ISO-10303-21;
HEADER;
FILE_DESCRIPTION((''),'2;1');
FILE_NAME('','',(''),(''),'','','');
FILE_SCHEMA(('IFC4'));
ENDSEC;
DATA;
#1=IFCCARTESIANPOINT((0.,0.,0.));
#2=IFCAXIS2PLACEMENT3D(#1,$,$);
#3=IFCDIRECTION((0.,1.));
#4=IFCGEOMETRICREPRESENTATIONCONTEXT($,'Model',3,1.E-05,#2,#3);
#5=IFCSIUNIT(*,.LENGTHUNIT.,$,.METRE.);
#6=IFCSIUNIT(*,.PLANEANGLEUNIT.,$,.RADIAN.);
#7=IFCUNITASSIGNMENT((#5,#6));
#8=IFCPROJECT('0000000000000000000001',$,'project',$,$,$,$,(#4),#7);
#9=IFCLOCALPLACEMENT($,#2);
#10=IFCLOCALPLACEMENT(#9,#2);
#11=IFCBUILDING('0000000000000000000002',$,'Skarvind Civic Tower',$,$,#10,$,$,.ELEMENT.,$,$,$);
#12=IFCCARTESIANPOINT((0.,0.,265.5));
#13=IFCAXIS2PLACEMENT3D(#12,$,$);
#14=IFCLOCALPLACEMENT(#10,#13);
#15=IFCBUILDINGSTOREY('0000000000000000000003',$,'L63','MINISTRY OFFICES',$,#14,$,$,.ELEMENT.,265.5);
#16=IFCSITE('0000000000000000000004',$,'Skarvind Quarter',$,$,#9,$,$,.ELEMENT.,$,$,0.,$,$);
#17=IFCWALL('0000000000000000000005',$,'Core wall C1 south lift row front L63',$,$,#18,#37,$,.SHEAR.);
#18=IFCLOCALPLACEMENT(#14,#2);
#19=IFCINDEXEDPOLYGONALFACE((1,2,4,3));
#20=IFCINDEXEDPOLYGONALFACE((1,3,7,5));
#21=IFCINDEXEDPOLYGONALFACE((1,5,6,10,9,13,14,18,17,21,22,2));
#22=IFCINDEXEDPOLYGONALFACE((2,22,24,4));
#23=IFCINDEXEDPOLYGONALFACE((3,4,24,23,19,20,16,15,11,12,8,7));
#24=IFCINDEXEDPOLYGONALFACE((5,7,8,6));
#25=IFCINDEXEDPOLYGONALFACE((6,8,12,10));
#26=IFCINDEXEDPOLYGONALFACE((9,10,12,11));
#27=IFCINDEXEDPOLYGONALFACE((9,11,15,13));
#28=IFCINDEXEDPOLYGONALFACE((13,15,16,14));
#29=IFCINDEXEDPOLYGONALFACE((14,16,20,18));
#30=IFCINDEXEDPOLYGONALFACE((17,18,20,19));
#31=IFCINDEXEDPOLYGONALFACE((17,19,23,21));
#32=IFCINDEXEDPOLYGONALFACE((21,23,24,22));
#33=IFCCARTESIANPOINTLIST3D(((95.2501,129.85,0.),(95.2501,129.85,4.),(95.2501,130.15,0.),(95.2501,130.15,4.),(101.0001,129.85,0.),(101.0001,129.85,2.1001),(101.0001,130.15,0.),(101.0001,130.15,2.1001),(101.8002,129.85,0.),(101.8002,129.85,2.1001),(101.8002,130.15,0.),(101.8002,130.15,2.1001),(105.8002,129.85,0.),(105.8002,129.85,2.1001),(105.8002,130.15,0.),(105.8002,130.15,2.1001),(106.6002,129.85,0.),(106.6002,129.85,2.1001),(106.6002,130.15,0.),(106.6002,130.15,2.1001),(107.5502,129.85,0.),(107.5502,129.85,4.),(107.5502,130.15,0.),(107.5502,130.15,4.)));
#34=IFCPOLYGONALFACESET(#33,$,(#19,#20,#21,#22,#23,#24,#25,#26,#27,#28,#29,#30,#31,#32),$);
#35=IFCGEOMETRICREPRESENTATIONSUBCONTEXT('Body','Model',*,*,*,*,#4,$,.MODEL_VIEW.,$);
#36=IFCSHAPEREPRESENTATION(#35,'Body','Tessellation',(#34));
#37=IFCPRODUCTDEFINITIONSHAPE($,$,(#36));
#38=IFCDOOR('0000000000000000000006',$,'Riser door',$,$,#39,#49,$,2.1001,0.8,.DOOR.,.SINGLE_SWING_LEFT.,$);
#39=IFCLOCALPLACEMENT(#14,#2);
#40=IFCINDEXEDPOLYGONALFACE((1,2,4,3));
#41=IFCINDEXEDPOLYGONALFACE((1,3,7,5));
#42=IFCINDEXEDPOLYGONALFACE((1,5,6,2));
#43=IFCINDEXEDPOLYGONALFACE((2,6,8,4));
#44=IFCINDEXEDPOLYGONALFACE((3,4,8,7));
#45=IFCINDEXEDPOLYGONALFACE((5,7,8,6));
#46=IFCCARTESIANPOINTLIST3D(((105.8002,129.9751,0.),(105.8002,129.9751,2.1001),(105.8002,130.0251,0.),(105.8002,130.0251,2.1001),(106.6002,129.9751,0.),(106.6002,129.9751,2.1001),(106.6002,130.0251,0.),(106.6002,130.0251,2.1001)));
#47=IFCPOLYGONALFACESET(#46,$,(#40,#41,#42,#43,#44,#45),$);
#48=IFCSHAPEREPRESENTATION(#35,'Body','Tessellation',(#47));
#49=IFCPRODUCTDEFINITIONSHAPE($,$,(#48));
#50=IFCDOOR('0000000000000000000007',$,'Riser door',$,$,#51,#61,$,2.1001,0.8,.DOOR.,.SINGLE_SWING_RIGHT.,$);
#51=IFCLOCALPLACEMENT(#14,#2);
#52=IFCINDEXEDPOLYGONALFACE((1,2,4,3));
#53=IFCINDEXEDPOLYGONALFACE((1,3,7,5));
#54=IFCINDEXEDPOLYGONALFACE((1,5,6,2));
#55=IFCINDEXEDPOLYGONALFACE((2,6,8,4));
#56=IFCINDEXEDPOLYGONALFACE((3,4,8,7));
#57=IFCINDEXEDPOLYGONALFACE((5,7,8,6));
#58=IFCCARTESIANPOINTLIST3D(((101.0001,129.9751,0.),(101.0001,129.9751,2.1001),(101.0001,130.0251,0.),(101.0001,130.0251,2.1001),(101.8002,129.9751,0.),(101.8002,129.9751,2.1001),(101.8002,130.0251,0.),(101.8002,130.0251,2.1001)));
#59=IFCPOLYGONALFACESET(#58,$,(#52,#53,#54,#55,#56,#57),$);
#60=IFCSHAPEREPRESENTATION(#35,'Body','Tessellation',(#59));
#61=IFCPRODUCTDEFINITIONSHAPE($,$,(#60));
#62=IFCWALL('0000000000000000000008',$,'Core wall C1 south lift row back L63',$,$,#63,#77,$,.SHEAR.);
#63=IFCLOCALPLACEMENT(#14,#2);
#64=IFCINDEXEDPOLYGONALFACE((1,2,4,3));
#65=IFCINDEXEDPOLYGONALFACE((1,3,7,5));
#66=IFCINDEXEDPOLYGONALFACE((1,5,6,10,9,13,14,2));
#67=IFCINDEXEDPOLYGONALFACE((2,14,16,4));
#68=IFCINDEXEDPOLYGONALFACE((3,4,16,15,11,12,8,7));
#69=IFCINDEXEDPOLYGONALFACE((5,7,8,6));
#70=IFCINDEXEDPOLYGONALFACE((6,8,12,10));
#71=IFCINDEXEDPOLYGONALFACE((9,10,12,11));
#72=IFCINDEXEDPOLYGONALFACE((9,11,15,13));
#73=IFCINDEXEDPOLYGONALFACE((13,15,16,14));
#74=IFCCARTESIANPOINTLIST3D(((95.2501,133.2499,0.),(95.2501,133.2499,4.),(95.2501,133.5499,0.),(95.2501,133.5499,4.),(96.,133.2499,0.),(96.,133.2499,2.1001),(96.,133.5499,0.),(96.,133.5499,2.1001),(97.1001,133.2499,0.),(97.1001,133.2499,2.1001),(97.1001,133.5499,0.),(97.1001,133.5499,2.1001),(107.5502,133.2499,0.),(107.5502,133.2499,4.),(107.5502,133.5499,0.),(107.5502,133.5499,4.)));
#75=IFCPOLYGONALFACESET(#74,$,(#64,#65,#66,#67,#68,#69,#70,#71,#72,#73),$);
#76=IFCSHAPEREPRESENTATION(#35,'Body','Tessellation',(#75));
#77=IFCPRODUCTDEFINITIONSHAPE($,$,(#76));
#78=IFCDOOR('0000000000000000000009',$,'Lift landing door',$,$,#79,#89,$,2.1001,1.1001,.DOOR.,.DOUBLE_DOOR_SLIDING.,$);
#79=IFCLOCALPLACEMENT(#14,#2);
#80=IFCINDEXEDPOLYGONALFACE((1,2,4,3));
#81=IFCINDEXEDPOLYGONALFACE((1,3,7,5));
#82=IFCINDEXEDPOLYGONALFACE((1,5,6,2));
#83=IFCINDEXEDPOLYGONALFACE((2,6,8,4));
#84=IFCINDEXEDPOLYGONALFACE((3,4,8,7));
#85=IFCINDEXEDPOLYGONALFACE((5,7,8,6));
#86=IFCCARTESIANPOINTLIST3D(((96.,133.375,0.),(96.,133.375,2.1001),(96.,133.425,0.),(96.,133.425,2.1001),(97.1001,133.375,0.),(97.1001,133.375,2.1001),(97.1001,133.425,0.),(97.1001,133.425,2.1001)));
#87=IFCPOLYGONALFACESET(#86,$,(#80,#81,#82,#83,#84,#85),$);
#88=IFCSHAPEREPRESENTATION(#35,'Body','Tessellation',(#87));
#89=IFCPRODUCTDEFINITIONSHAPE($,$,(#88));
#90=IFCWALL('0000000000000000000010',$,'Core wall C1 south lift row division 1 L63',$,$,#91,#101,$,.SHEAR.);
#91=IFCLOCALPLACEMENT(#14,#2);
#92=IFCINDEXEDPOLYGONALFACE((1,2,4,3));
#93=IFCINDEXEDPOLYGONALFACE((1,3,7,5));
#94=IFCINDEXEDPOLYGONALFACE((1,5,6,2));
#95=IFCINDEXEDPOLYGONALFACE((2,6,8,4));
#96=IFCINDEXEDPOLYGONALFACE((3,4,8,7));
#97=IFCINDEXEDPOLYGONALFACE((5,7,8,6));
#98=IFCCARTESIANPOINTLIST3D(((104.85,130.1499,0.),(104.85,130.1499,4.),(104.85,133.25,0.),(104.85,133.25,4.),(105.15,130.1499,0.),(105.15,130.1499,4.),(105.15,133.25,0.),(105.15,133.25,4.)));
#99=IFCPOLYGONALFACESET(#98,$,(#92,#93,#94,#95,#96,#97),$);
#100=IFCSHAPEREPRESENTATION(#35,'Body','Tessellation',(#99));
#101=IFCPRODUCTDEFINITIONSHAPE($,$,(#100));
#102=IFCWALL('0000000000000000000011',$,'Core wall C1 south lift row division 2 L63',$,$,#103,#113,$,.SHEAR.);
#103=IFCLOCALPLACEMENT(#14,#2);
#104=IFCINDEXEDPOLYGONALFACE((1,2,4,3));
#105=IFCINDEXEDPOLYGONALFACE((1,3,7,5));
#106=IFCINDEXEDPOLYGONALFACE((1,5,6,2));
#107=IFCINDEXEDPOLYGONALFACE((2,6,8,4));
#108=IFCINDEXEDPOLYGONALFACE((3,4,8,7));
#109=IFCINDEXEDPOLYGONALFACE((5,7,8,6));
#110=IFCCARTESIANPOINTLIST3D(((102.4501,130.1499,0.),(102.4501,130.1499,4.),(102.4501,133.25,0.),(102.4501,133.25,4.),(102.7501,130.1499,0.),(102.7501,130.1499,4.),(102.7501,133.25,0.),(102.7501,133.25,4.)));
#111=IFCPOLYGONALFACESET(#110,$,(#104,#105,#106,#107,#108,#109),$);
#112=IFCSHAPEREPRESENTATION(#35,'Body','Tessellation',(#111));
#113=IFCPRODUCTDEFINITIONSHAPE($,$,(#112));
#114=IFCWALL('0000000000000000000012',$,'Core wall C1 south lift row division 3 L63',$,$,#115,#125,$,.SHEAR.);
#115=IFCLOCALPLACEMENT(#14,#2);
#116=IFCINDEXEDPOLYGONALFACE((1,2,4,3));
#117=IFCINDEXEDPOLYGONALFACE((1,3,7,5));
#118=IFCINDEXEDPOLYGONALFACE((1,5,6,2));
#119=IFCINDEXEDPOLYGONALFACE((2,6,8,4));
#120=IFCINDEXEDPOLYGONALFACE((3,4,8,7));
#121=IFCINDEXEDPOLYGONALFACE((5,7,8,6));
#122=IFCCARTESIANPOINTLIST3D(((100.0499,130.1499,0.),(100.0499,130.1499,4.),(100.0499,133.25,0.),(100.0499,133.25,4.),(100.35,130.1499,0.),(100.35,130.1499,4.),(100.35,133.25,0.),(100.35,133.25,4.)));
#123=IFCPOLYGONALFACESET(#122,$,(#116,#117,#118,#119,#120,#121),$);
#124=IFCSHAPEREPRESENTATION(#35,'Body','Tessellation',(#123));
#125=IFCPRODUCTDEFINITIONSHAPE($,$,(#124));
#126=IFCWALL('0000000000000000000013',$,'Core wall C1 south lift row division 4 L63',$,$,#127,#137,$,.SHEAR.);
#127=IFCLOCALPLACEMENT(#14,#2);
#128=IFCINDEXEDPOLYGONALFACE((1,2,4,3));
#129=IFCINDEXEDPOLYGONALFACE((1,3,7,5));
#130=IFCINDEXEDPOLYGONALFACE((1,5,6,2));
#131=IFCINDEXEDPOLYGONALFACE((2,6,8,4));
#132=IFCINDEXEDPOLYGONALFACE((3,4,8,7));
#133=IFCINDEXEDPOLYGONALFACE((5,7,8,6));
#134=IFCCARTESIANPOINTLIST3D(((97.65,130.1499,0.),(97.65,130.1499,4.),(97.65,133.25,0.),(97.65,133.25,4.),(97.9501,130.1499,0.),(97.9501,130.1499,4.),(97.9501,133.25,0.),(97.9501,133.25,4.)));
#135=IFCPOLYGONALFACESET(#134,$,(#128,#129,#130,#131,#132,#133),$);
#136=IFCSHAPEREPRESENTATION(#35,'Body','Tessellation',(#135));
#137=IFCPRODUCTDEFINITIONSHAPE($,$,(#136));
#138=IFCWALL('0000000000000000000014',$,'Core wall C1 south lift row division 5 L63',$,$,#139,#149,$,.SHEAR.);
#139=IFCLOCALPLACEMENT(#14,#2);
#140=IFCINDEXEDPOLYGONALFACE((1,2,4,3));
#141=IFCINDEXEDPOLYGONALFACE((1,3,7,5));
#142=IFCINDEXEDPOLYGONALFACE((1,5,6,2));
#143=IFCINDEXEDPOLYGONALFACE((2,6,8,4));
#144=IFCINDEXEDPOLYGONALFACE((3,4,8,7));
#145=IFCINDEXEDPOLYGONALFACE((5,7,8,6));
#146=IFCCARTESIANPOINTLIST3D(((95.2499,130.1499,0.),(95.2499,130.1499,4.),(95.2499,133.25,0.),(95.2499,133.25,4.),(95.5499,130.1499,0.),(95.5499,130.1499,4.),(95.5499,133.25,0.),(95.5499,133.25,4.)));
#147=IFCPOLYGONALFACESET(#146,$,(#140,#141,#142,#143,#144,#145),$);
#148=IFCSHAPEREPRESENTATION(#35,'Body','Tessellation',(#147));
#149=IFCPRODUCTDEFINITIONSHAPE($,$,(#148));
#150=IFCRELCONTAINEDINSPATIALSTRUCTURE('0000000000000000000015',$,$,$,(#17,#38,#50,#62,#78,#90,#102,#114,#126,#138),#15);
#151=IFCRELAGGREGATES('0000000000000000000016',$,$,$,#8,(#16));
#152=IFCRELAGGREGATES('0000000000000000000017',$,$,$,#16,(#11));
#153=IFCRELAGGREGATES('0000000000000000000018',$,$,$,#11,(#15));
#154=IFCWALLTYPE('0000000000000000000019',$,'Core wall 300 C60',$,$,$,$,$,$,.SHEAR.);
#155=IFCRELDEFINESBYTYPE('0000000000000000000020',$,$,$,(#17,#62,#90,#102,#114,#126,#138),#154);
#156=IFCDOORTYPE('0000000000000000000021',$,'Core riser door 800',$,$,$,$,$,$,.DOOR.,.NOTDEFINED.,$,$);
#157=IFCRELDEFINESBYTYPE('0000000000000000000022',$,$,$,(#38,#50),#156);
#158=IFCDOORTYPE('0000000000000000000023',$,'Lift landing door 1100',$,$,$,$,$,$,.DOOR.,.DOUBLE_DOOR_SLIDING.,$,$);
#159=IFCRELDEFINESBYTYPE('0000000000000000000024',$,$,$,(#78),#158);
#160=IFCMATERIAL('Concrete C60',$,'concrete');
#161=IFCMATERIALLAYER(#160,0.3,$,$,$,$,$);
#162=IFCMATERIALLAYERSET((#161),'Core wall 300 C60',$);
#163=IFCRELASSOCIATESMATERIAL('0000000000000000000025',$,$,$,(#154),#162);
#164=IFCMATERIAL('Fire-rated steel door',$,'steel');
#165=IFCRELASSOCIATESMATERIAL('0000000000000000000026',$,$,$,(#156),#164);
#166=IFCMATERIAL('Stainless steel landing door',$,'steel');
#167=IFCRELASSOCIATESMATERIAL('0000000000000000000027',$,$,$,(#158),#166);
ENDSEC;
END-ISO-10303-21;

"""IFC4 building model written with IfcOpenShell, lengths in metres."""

from ifc_helpers import new_model, si_unit, direction, frame, frame_2d, origin, place, context, subcontext, project, spatial, rectangle, extrude, material, layer, layer_set, type_object, element, fill, save


model = new_model("IFC4")

# Units and contexts
model_context = context("Model", 3, precision=1e-05, world=origin(), true_north=direction((0.0, 1.0)))
body_context = subcontext(model_context, "Body", "Model", "MODEL_VIEW")
ifc_project = project(units=[si_unit("LENGTHUNIT", "METRE"), si_unit("PLANEANGLEUNIT", "RADIAN")], contexts=[model_context])

# Site, building, storey
site_placement = place(None, origin())
site = spatial("IfcSite", under=ifc_project, at=site_placement, Name="Skarvind Quarter", CompositionType="ELEMENT", RefElevation=0.0)
building_placement = place(site_placement, origin())
building = spatial("IfcBuilding", under=site, at=building_placement, Name="Skarvind Civic Tower", CompositionType="ELEMENT")
storey_placement = place(building_placement, frame((0.0, 0.0, 265.5)))
storey = spatial("IfcBuildingStorey", under=building, at=storey_placement, Name="L63", Description="MINISTRY OFFICES", CompositionType="ELEMENT", Elevation=265.5)

# Wall, openings, doors
ifc_material_1 = material(Name="Concrete C60", Category="concrete")
ifc_layer_1 = layer(ifc_material_1, 0.3)
ifc_layer_set_1 = layer_set([ifc_layer_1], Name="Core wall 300 C60")
wall_type_1 = type_object("IfcWallType", Name="Core wall 300 C60", PredefinedType="SHEAR", material=ifc_layer_set_1)
wall_1_placement = place(storey_placement, frame((107.55, 130.0, 0.0), z_axis=(0.0, 0.0, 1.0), x_axis=(-1.0, 0.0, 0.0)))
wall_1 = element("IfcWall", 1, at=wall_1_placement, inside=storey, type_object=wall_type_1, Name="Core wall C1 south lift row front L63", PredefinedType="SHEAR", context=body_context, shape_type="SweptSolid", body=[
    extrude(rectangle(XDim=12.3, YDim=0.3, at=frame_2d((6.1499, 0.0))), origin(), (0.0, 0.0, 1.0), 4.0),
])
opening_1_placement = place(wall_1_placement, frame((0.95, 0.0, 0.0)))
opening_1 = element("IfcOpeningElement", 2, at=opening_1_placement, cuts=wall_1, PredefinedType="OPENING", context=body_context, shape_type="SweptSolid", body=[
    extrude(rectangle(XDim=0.8, YDim=2.1001, at=frame_2d((0.3999, 1.05))), frame((0.0, 0.1599, 0.0), z_axis=(0.0, -1.0, 0.0), x_axis=(1.0, 0.0, 0.0)), (0.0, 0.0, 1.0), 0.3201),
])
opening_2_placement = place(wall_1_placement, frame((5.75, 0.0, 0.0)))
opening_2 = element("IfcOpeningElement", 3, at=opening_2_placement, cuts=wall_1, PredefinedType="OPENING", context=body_context, shape_type="SweptSolid", body=[
    extrude(rectangle(XDim=0.8, YDim=2.1001, at=frame_2d((0.3999, 1.05))), frame((0.0, 0.1599, 0.0), z_axis=(0.0, -1.0, 0.0), x_axis=(1.0, 0.0, 0.0)), (0.0, 0.0, 1.0), 0.3201),
])
ifc_material_2 = material(Name="Fire-rated steel door", Category="steel")
door_type_1 = type_object("IfcDoorType", Name="Core riser door 800", OperationType="NOTDEFINED", PredefinedType="DOOR", material=ifc_material_2)
door_1_placement = place(opening_1_placement, origin())
door_1 = element("IfcDoor", 4, at=door_1_placement, inside=storey, type_object=door_type_1, Name="Riser door", OperationType="SINGLE_SWING_LEFT", OverallHeight=2.1001, OverallWidth=0.8, PredefinedType="DOOR", context=body_context, shape_type="SweptSolid", body=[
    extrude(rectangle(XDim=0.8, YDim=2.1001, at=frame_2d((0.3999, 1.05))), frame((0.0, 0.0249, 0.0), z_axis=(0.0, -1.0, 0.0), x_axis=(1.0, 0.0, 0.0)), (0.0, 0.0, 1.0), 0.05),
])
fill(opening_1, door_1)
door_2_placement = place(opening_2_placement, origin())
door_2 = element("IfcDoor", 5, at=door_2_placement, inside=storey, type_object=door_type_1, Name="Riser door", OperationType="SINGLE_SWING_RIGHT", OverallHeight=2.1001, OverallWidth=0.8, PredefinedType="DOOR", context=body_context, shape_type="SweptSolid", body=[
    extrude(rectangle(XDim=0.8, YDim=2.1001, at=frame_2d((0.3999, 1.05))), frame((0.0, 0.0249, 0.0), z_axis=(0.0, -1.0, 0.0), x_axis=(1.0, 0.0, 0.0)), (0.0, 0.0, 1.0), 0.05),
])
fill(opening_2, door_2)

# Wall, opening, door
wall_2_placement = place(storey_placement, frame((107.55, 133.3999, 0.0), z_axis=(0.0, 0.0, 1.0), x_axis=(-1.0, 0.0, 0.0)))
wall_2 = element("IfcWall", 6, at=wall_2_placement, inside=storey, type_object=wall_type_1, Name="Core wall C1 south lift row back L63", PredefinedType="SHEAR", context=body_context, shape_type="SweptSolid", body=[
    extrude(rectangle(XDim=12.3, YDim=0.3, at=frame_2d((6.1499, 0.0))), origin(), (0.0, 0.0, 1.0), 4.0),
])
opening_3_placement = place(wall_2_placement, frame((10.45, 0.0, 0.0)))
opening_3 = element("IfcOpeningElement", 7, at=opening_3_placement, cuts=wall_2, PredefinedType="OPENING", context=body_context, shape_type="SweptSolid", body=[
    extrude(rectangle(XDim=1.1001, YDim=2.1001, at=frame_2d((0.55, 1.05))), frame((0.0, 0.1599, 0.0), z_axis=(0.0, -1.0, 0.0), x_axis=(1.0, 0.0, 0.0)), (0.0, 0.0, 1.0), 0.3201),
])
ifc_material_3 = material(Name="Stainless steel landing door", Category="steel")
door_type_2 = type_object("IfcDoorType", Name="Lift landing door 1100", OperationType="DOUBLE_DOOR_SLIDING", PredefinedType="DOOR", material=ifc_material_3)
door_3_placement = place(opening_3_placement, origin())
door_3 = element("IfcDoor", 8, at=door_3_placement, inside=storey, type_object=door_type_2, Name="Lift landing door", OperationType="DOUBLE_DOOR_SLIDING", OverallHeight=2.1001, OverallWidth=1.1001, PredefinedType="DOOR", context=body_context, shape_type="SweptSolid", body=[
    extrude(rectangle(XDim=1.1001, YDim=2.1001, at=frame_2d((0.55, 1.05))), frame((0.0, 0.0249, 0.0), z_axis=(0.0, -1.0, 0.0), x_axis=(1.0, 0.0, 0.0)), (0.0, 0.0, 1.0), 0.05),
])
fill(opening_3, door_3)

# Walls
for number, where, z_axis, x_axis, name in (
    (9, (105.0, 133.25, 0.0), (0.0, 0.0, 1.0), (0.0, -1.0, 0.0), "Core wall C1 south lift row division 1 L63"),
    (10, (102.6001, 133.25, 0.0), (0.0, 0.0, 1.0), (0.0, -1.0, 0.0), "Core wall C1 south lift row division 2 L63"),
    (11, (100.2, 133.25, 0.0), (0.0, 0.0, 1.0), (0.0, -1.0, 0.0), "Core wall C1 south lift row division 3 L63"),
    (12, (97.8, 133.25, 0.0), (0.0, 0.0, 1.0), (0.0, -1.0, 0.0), "Core wall C1 south lift row division 4 L63"),
    (13, (95.3999, 133.25, 0.0), (0.0, 0.0, 1.0), (0.0, -1.0, 0.0), "Core wall C1 south lift row division 5 L63"),
):
    element("IfcWall", number, at=place(storey_placement, frame(where, z_axis=z_axis, x_axis=x_axis)), inside=storey, type_object=wall_type_1, Name=name, PredefinedType="SHEAR", context=body_context, shape_type="SweptSolid", body=[
        extrude(rectangle(XDim=3.1001, YDim=0.3, at=frame_2d((1.55, 0.0))), origin(), (0.0, 0.0, 1.0), 4.0),
    ])

save(model, "model.ifc")
